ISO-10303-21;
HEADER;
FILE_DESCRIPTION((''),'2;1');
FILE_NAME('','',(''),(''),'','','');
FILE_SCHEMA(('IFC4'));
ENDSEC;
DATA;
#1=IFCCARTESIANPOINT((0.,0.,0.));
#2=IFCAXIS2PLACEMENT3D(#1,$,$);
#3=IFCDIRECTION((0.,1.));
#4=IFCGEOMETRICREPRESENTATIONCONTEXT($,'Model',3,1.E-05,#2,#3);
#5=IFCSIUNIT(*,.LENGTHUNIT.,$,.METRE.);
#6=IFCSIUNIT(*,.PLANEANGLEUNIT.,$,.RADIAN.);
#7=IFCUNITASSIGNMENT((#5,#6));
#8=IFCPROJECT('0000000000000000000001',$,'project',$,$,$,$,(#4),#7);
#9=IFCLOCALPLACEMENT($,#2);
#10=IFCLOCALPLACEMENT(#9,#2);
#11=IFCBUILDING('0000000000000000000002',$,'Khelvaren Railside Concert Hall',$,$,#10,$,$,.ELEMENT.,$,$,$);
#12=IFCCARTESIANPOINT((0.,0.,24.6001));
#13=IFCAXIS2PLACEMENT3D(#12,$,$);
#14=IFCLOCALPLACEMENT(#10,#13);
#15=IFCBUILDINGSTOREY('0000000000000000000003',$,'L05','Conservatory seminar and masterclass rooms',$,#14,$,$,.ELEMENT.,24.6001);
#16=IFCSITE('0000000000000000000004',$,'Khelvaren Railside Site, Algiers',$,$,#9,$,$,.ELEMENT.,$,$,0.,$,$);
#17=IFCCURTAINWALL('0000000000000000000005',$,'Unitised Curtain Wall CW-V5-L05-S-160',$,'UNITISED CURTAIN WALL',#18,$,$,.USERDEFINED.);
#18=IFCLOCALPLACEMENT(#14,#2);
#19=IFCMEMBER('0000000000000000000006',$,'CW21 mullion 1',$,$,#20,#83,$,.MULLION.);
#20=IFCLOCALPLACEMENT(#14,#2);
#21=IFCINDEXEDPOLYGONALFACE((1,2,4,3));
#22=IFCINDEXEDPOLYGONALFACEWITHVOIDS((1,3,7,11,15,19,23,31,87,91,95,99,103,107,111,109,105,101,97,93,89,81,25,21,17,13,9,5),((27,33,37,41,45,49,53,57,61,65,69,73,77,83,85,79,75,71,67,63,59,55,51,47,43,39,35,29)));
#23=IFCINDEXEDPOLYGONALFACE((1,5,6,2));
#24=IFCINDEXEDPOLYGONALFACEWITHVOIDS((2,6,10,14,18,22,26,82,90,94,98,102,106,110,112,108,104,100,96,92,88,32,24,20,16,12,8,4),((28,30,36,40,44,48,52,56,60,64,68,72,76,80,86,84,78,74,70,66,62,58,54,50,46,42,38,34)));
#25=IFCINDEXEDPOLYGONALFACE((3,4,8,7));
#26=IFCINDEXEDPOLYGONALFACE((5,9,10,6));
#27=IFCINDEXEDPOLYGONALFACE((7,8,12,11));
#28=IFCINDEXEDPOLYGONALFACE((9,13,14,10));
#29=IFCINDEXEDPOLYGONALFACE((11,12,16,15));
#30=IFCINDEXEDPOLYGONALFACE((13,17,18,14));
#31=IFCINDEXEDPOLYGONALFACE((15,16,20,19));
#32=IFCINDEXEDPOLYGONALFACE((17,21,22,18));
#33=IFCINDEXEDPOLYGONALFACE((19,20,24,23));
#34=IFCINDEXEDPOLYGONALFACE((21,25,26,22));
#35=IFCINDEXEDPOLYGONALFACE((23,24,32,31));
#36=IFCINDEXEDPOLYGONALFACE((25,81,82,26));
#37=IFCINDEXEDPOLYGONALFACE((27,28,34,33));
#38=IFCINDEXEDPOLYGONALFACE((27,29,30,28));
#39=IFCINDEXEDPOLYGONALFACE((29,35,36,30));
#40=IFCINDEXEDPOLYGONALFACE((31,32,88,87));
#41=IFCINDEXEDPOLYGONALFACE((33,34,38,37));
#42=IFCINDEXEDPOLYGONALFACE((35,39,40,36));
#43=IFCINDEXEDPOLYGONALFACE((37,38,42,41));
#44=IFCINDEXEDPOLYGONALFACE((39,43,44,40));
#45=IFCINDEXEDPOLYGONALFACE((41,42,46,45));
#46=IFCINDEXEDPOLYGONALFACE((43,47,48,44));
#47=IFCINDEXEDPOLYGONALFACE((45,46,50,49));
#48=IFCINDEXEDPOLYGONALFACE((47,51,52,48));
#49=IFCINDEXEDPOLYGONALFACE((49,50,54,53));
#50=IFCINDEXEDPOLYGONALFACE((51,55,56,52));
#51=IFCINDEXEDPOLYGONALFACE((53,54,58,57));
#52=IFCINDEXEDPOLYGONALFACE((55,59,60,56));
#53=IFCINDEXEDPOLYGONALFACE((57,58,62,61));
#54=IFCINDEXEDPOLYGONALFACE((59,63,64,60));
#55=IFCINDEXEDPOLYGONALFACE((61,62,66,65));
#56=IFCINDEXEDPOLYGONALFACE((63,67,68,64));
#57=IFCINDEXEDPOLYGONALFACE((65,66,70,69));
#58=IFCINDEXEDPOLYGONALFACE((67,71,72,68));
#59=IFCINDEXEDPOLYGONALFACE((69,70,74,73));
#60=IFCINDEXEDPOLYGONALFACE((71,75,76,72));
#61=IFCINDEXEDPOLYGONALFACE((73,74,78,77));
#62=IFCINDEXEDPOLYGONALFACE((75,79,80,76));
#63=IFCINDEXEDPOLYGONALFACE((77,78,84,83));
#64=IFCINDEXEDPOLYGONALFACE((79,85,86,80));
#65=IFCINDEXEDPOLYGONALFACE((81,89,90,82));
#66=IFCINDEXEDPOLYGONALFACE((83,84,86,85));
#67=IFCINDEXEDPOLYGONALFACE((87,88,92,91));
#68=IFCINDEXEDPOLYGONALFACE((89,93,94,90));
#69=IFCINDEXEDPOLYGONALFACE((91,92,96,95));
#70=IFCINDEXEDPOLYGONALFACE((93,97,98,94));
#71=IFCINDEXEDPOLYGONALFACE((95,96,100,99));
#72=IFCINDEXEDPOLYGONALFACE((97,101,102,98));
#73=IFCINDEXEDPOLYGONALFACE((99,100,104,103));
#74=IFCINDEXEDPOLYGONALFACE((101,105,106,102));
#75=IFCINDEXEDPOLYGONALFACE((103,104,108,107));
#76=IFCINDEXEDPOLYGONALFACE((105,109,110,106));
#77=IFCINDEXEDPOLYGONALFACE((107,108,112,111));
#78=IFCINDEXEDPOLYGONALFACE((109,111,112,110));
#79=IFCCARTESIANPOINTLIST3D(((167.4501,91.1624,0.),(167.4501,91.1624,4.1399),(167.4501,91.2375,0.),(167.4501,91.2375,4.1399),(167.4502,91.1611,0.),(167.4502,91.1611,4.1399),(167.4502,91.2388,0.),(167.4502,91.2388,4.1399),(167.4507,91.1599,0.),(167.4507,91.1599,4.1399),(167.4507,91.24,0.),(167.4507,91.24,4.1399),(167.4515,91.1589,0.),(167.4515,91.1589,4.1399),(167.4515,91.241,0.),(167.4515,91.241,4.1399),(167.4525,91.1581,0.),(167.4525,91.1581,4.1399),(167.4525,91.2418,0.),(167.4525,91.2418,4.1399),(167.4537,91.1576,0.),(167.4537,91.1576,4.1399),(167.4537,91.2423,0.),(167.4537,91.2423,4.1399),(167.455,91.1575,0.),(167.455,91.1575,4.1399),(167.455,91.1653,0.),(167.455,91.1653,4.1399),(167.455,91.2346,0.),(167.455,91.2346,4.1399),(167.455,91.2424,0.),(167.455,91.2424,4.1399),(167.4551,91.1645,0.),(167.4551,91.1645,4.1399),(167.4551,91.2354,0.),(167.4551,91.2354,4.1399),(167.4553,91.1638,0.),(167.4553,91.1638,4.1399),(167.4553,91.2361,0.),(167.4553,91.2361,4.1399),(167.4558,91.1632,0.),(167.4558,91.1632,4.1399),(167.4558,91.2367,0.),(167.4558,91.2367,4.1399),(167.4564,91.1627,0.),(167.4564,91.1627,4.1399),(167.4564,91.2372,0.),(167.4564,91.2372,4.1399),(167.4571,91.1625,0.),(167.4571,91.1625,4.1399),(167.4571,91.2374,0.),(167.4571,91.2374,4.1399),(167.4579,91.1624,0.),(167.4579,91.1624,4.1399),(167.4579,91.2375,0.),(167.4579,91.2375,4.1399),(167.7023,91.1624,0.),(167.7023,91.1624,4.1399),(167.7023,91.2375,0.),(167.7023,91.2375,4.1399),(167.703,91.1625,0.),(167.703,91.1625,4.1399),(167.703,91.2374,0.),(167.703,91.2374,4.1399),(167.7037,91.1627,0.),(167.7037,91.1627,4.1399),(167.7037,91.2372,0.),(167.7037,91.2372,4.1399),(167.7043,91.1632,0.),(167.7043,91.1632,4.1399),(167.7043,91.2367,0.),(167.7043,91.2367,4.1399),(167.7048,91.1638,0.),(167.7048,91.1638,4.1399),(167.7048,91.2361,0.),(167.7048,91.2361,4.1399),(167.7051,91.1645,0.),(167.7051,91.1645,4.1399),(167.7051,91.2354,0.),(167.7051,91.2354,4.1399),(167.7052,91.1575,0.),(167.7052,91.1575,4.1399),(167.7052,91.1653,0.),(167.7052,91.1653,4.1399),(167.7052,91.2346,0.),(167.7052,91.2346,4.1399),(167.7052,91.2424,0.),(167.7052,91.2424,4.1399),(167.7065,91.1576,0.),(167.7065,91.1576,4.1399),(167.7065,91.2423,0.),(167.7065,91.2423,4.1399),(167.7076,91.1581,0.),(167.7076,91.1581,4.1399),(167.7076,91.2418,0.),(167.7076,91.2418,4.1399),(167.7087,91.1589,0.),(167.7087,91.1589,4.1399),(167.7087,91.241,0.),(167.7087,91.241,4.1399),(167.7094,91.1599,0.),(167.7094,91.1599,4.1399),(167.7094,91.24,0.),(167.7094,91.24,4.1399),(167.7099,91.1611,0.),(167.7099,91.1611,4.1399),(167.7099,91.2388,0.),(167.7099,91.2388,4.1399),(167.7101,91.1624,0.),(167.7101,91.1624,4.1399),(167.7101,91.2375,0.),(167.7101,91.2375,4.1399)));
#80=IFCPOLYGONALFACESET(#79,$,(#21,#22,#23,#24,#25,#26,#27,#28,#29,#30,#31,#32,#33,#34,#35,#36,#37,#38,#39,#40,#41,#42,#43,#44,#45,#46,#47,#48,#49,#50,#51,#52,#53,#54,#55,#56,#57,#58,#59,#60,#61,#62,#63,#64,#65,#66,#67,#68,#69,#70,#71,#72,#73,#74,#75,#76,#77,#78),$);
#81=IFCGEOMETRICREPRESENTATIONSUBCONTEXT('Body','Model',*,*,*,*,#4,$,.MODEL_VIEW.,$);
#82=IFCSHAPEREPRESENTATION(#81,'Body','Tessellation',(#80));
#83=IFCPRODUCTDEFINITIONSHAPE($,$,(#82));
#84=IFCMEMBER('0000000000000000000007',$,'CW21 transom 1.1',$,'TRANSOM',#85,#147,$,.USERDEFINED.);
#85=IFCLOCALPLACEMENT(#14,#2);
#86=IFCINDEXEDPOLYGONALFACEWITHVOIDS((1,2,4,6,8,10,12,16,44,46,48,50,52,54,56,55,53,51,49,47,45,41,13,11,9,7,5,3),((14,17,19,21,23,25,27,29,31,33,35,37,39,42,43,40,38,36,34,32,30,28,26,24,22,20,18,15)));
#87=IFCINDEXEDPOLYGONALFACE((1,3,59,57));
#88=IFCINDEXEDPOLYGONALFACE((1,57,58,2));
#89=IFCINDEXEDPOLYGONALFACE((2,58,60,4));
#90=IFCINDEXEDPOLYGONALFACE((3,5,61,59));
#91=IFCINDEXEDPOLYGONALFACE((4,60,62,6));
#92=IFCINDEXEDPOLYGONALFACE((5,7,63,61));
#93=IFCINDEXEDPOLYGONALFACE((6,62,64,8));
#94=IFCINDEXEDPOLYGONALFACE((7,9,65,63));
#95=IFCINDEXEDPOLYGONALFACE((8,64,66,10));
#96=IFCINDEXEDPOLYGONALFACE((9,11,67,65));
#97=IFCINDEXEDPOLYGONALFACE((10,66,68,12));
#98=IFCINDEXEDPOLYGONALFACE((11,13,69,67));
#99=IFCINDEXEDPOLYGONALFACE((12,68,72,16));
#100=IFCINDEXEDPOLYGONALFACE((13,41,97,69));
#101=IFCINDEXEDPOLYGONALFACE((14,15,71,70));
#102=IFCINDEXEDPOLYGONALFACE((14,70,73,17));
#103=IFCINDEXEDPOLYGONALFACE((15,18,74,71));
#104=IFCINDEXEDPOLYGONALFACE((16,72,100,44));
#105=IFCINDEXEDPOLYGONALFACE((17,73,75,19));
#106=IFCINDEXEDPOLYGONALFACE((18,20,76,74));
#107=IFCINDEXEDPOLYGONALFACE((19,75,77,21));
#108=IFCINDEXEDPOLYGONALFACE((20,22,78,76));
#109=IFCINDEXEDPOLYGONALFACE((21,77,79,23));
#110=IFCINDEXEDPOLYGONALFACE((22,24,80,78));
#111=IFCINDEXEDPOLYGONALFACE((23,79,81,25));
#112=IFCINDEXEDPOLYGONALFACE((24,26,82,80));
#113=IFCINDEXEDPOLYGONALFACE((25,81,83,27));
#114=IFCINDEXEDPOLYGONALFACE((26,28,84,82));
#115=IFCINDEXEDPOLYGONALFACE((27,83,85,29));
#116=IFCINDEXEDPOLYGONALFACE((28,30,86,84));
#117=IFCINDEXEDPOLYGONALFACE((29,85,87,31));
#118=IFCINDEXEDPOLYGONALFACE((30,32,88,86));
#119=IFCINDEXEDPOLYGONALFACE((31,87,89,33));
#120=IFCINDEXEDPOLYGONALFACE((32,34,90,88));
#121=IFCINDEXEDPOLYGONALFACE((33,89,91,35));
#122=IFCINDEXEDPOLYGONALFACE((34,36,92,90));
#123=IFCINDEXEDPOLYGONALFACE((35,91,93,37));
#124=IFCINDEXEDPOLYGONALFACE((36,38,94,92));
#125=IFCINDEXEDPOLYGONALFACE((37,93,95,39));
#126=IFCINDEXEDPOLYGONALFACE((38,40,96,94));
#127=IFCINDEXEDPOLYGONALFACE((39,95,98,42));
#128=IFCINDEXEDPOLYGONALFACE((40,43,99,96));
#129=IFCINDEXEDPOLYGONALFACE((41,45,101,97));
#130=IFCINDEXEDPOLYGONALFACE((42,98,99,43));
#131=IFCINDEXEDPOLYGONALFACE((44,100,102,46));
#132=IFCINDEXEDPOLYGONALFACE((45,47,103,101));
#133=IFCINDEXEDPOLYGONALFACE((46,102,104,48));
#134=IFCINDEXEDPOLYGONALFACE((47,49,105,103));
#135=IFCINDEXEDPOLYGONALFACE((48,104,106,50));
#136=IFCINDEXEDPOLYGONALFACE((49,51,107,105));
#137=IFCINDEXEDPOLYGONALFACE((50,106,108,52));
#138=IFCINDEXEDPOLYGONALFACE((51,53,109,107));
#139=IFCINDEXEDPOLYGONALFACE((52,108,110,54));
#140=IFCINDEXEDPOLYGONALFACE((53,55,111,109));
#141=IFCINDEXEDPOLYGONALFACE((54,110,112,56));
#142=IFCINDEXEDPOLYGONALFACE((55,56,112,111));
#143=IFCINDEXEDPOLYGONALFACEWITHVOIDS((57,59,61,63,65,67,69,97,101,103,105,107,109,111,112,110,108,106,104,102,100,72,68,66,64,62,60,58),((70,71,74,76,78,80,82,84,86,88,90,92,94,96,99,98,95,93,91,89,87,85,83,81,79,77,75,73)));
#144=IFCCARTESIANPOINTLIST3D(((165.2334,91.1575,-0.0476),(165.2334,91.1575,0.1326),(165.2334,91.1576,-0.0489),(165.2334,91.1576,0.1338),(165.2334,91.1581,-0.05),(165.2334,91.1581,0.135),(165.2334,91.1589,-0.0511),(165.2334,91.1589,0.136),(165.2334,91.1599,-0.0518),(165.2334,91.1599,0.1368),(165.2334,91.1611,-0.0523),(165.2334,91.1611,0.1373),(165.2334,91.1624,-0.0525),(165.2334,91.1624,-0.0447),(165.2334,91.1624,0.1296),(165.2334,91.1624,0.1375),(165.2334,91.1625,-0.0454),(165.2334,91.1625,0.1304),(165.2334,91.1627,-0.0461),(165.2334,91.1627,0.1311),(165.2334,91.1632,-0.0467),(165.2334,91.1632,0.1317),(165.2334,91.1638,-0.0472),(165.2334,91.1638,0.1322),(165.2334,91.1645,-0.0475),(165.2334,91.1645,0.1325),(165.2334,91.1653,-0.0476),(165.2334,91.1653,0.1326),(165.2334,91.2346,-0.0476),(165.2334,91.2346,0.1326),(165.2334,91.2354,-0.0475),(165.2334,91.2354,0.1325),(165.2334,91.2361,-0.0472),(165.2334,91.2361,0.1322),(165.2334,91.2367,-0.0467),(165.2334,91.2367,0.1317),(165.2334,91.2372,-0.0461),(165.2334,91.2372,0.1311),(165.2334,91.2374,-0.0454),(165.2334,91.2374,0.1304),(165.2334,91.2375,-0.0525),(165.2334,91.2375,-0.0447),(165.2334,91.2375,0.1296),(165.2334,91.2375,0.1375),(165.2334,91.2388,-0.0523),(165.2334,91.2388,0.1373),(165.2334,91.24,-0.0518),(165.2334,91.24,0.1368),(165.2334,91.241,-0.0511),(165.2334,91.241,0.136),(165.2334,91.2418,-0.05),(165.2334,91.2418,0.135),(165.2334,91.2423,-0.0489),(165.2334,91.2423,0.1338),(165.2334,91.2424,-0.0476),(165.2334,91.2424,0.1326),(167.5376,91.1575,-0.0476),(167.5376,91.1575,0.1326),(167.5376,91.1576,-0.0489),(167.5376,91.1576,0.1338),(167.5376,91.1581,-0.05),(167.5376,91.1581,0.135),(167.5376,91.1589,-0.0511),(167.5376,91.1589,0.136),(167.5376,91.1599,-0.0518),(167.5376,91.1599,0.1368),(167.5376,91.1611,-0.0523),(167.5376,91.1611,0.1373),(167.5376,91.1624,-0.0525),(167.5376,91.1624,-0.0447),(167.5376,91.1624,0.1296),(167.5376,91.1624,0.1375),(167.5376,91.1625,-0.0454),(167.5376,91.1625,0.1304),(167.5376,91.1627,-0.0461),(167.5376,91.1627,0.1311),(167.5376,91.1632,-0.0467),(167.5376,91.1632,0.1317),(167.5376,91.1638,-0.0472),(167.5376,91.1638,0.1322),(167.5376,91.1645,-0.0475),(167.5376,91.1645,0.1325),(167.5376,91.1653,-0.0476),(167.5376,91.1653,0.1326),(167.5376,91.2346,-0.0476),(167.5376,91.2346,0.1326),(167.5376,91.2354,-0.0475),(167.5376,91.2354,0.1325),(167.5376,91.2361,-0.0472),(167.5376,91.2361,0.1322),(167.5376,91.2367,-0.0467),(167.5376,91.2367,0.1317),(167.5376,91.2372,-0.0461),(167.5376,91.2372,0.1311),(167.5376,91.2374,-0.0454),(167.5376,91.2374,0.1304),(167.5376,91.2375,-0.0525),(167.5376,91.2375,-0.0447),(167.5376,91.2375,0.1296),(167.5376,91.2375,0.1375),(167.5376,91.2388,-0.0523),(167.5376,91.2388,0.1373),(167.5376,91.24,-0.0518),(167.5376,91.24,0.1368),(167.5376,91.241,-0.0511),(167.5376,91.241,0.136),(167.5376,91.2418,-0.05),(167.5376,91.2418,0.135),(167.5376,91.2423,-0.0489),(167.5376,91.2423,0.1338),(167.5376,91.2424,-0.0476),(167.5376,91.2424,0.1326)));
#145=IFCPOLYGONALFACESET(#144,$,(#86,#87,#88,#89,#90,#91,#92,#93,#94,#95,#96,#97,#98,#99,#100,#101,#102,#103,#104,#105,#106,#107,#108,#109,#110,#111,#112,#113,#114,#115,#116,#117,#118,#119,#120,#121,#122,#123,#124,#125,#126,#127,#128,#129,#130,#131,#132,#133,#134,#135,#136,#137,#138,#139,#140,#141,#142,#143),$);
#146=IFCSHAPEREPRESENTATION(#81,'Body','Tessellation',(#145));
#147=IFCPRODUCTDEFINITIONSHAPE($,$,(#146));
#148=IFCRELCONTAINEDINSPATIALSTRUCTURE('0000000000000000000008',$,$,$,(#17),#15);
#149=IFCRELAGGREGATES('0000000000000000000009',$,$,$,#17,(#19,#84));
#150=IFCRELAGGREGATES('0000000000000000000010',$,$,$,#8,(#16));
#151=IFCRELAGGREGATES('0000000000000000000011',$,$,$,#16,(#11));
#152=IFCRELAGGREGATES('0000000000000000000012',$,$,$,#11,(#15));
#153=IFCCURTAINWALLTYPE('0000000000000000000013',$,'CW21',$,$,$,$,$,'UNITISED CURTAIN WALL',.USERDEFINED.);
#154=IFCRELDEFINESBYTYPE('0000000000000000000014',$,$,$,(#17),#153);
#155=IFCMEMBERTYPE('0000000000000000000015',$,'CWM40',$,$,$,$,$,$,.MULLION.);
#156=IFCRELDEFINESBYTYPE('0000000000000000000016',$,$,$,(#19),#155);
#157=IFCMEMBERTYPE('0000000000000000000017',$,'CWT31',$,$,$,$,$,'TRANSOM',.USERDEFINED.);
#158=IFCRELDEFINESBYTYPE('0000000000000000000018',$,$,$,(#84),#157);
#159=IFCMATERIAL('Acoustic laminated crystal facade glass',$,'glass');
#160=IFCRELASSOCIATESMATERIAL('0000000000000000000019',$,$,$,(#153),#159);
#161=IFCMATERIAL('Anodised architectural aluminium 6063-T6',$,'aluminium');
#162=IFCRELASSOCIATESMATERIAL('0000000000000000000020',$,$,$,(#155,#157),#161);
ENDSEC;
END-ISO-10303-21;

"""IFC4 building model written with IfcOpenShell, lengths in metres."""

from ifc_helpers import new_model, si_unit, direction, frame, origin, origin_2d, place, context, subcontext, project, spatial, hollow_rectangle, extrude, material, material_profile, profile_set, type_object, element, aggregate, save


model = new_model("IFC4")

# Units and contexts
model_context = context("Model", 3, precision=1e-05, world=origin(), true_north=direction((0.0, 1.0)))
body_context = subcontext(model_context, "Body", "Model", "MODEL_VIEW")
ifc_project = project(units=[si_unit("LENGTHUNIT", "METRE"), si_unit("PLANEANGLEUNIT", "RADIAN")], contexts=[model_context])

# Site, building, storey
site_placement = place(None, origin())
site = spatial("IfcSite", under=ifc_project, at=site_placement, Name="Khelvaren Railside Site, Algiers", CompositionType="ELEMENT", RefElevation=0.0)
building_placement = place(site_placement, origin())
building = spatial("IfcBuilding", under=site, at=building_placement, Name="Khelvaren Railside Concert Hall", CompositionType="ELEMENT")
storey_placement = place(building_placement, frame((0.0, 0.0, 24.6001)))
storey = spatial("IfcBuildingStorey", under=building, at=storey_placement, Name="L05", Description="Conservatory seminar and masterclass rooms", CompositionType="ELEMENT", Elevation=24.6001)

# Curtain wall, members
ifc_material_1 = material(Name="Acoustic laminated crystal facade glass", Category="glass")
curtain_wall_type = type_object("IfcCurtainWallType", Name="CW21", ElementType="UNITISED CURTAIN WALL", PredefinedType="USERDEFINED", material=ifc_material_1)
curtain_wall_placement = place(storey_placement, origin())
curtain_wall = element("IfcCurtainWall", 1, at=curtain_wall_placement, inside=storey, type_object=curtain_wall_type, Name="Unitised Curtain Wall CW-V5-L05-S-160", ObjectType="UNITISED CURTAIN WALL", PredefinedType="USERDEFINED")
ifc_material_2 = material(Name="Anodised architectural aluminium 6063-T6", Category="aluminium")
ifc_material_profile_1 = material_profile(ifc_material_2, hollow_rectangle(XDim=0.085, YDim=0.26, WallThickness=0.0049, InnerFilletRadius=0.0029, OuterFilletRadius=0.0049, at=origin_2d()), Name="CWM 85x260x5")
ifc_profile_set_1 = profile_set([ifc_material_profile_1], Name="Anodised architectural aluminium 6063-T6")
member_type_1 = type_object("IfcMemberType", Name="CWM40", PredefinedType="MULLION", material=ifc_profile_set_1)
member_1_placement = place(storey_placement, frame((167.5801, 91.2, 0.0), z_axis=(0.0, 0.0, 1.0), x_axis=(0.0, -1.0, 0.0)))
member_1 = element("IfcMember", 2, at=member_1_placement, type_object=member_type_1, Name="CW21 mullion 1", PredefinedType="MULLION", context=body_context, shape_type="SweptSolid", body=[
    extrude(hollow_rectangle(XDim=0.085, YDim=0.26, WallThickness=0.0049, InnerFilletRadius=0.0029, OuterFilletRadius=0.0049, at=origin_2d()), origin(), (0.0, 0.0, 1.0), 4.1399),
])
ifc_material_profile_2 = material_profile(ifc_material_2, hollow_rectangle(XDim=0.085, YDim=0.1899, WallThickness=0.0049, InnerFilletRadius=0.0029, OuterFilletRadius=0.0049, at=origin_2d()), Name="CWT 85x190x5")
ifc_profile_set_2 = profile_set([ifc_material_profile_2], Name="Anodised architectural aluminium 6063-T6")
member_type_2 = type_object("IfcMemberType", Name="CWT31", ElementType="TRANSOM", PredefinedType="USERDEFINED", material=ifc_profile_set_2)
member_2_placement = place(storey_placement, frame((167.5376, 91.2, 0.0425), z_axis=(-1.0, 0.0, 0.0), x_axis=(0.0, -1.0, 0.0)))
member_2 = element("IfcMember", 3, at=member_2_placement, type_object=member_type_2, Name="CW21 transom 1.1", ObjectType="TRANSOM", PredefinedType="USERDEFINED", context=body_context, shape_type="SweptSolid", body=[
    extrude(hollow_rectangle(XDim=0.085, YDim=0.1899, WallThickness=0.0049, InnerFilletRadius=0.0029, OuterFilletRadius=0.0049, at=origin_2d()), origin(), (0.0, 0.0, 1.0), 2.3042),
])

aggregate(curtain_wall, [member_1, member_2])

save(model, "model.ifc")
